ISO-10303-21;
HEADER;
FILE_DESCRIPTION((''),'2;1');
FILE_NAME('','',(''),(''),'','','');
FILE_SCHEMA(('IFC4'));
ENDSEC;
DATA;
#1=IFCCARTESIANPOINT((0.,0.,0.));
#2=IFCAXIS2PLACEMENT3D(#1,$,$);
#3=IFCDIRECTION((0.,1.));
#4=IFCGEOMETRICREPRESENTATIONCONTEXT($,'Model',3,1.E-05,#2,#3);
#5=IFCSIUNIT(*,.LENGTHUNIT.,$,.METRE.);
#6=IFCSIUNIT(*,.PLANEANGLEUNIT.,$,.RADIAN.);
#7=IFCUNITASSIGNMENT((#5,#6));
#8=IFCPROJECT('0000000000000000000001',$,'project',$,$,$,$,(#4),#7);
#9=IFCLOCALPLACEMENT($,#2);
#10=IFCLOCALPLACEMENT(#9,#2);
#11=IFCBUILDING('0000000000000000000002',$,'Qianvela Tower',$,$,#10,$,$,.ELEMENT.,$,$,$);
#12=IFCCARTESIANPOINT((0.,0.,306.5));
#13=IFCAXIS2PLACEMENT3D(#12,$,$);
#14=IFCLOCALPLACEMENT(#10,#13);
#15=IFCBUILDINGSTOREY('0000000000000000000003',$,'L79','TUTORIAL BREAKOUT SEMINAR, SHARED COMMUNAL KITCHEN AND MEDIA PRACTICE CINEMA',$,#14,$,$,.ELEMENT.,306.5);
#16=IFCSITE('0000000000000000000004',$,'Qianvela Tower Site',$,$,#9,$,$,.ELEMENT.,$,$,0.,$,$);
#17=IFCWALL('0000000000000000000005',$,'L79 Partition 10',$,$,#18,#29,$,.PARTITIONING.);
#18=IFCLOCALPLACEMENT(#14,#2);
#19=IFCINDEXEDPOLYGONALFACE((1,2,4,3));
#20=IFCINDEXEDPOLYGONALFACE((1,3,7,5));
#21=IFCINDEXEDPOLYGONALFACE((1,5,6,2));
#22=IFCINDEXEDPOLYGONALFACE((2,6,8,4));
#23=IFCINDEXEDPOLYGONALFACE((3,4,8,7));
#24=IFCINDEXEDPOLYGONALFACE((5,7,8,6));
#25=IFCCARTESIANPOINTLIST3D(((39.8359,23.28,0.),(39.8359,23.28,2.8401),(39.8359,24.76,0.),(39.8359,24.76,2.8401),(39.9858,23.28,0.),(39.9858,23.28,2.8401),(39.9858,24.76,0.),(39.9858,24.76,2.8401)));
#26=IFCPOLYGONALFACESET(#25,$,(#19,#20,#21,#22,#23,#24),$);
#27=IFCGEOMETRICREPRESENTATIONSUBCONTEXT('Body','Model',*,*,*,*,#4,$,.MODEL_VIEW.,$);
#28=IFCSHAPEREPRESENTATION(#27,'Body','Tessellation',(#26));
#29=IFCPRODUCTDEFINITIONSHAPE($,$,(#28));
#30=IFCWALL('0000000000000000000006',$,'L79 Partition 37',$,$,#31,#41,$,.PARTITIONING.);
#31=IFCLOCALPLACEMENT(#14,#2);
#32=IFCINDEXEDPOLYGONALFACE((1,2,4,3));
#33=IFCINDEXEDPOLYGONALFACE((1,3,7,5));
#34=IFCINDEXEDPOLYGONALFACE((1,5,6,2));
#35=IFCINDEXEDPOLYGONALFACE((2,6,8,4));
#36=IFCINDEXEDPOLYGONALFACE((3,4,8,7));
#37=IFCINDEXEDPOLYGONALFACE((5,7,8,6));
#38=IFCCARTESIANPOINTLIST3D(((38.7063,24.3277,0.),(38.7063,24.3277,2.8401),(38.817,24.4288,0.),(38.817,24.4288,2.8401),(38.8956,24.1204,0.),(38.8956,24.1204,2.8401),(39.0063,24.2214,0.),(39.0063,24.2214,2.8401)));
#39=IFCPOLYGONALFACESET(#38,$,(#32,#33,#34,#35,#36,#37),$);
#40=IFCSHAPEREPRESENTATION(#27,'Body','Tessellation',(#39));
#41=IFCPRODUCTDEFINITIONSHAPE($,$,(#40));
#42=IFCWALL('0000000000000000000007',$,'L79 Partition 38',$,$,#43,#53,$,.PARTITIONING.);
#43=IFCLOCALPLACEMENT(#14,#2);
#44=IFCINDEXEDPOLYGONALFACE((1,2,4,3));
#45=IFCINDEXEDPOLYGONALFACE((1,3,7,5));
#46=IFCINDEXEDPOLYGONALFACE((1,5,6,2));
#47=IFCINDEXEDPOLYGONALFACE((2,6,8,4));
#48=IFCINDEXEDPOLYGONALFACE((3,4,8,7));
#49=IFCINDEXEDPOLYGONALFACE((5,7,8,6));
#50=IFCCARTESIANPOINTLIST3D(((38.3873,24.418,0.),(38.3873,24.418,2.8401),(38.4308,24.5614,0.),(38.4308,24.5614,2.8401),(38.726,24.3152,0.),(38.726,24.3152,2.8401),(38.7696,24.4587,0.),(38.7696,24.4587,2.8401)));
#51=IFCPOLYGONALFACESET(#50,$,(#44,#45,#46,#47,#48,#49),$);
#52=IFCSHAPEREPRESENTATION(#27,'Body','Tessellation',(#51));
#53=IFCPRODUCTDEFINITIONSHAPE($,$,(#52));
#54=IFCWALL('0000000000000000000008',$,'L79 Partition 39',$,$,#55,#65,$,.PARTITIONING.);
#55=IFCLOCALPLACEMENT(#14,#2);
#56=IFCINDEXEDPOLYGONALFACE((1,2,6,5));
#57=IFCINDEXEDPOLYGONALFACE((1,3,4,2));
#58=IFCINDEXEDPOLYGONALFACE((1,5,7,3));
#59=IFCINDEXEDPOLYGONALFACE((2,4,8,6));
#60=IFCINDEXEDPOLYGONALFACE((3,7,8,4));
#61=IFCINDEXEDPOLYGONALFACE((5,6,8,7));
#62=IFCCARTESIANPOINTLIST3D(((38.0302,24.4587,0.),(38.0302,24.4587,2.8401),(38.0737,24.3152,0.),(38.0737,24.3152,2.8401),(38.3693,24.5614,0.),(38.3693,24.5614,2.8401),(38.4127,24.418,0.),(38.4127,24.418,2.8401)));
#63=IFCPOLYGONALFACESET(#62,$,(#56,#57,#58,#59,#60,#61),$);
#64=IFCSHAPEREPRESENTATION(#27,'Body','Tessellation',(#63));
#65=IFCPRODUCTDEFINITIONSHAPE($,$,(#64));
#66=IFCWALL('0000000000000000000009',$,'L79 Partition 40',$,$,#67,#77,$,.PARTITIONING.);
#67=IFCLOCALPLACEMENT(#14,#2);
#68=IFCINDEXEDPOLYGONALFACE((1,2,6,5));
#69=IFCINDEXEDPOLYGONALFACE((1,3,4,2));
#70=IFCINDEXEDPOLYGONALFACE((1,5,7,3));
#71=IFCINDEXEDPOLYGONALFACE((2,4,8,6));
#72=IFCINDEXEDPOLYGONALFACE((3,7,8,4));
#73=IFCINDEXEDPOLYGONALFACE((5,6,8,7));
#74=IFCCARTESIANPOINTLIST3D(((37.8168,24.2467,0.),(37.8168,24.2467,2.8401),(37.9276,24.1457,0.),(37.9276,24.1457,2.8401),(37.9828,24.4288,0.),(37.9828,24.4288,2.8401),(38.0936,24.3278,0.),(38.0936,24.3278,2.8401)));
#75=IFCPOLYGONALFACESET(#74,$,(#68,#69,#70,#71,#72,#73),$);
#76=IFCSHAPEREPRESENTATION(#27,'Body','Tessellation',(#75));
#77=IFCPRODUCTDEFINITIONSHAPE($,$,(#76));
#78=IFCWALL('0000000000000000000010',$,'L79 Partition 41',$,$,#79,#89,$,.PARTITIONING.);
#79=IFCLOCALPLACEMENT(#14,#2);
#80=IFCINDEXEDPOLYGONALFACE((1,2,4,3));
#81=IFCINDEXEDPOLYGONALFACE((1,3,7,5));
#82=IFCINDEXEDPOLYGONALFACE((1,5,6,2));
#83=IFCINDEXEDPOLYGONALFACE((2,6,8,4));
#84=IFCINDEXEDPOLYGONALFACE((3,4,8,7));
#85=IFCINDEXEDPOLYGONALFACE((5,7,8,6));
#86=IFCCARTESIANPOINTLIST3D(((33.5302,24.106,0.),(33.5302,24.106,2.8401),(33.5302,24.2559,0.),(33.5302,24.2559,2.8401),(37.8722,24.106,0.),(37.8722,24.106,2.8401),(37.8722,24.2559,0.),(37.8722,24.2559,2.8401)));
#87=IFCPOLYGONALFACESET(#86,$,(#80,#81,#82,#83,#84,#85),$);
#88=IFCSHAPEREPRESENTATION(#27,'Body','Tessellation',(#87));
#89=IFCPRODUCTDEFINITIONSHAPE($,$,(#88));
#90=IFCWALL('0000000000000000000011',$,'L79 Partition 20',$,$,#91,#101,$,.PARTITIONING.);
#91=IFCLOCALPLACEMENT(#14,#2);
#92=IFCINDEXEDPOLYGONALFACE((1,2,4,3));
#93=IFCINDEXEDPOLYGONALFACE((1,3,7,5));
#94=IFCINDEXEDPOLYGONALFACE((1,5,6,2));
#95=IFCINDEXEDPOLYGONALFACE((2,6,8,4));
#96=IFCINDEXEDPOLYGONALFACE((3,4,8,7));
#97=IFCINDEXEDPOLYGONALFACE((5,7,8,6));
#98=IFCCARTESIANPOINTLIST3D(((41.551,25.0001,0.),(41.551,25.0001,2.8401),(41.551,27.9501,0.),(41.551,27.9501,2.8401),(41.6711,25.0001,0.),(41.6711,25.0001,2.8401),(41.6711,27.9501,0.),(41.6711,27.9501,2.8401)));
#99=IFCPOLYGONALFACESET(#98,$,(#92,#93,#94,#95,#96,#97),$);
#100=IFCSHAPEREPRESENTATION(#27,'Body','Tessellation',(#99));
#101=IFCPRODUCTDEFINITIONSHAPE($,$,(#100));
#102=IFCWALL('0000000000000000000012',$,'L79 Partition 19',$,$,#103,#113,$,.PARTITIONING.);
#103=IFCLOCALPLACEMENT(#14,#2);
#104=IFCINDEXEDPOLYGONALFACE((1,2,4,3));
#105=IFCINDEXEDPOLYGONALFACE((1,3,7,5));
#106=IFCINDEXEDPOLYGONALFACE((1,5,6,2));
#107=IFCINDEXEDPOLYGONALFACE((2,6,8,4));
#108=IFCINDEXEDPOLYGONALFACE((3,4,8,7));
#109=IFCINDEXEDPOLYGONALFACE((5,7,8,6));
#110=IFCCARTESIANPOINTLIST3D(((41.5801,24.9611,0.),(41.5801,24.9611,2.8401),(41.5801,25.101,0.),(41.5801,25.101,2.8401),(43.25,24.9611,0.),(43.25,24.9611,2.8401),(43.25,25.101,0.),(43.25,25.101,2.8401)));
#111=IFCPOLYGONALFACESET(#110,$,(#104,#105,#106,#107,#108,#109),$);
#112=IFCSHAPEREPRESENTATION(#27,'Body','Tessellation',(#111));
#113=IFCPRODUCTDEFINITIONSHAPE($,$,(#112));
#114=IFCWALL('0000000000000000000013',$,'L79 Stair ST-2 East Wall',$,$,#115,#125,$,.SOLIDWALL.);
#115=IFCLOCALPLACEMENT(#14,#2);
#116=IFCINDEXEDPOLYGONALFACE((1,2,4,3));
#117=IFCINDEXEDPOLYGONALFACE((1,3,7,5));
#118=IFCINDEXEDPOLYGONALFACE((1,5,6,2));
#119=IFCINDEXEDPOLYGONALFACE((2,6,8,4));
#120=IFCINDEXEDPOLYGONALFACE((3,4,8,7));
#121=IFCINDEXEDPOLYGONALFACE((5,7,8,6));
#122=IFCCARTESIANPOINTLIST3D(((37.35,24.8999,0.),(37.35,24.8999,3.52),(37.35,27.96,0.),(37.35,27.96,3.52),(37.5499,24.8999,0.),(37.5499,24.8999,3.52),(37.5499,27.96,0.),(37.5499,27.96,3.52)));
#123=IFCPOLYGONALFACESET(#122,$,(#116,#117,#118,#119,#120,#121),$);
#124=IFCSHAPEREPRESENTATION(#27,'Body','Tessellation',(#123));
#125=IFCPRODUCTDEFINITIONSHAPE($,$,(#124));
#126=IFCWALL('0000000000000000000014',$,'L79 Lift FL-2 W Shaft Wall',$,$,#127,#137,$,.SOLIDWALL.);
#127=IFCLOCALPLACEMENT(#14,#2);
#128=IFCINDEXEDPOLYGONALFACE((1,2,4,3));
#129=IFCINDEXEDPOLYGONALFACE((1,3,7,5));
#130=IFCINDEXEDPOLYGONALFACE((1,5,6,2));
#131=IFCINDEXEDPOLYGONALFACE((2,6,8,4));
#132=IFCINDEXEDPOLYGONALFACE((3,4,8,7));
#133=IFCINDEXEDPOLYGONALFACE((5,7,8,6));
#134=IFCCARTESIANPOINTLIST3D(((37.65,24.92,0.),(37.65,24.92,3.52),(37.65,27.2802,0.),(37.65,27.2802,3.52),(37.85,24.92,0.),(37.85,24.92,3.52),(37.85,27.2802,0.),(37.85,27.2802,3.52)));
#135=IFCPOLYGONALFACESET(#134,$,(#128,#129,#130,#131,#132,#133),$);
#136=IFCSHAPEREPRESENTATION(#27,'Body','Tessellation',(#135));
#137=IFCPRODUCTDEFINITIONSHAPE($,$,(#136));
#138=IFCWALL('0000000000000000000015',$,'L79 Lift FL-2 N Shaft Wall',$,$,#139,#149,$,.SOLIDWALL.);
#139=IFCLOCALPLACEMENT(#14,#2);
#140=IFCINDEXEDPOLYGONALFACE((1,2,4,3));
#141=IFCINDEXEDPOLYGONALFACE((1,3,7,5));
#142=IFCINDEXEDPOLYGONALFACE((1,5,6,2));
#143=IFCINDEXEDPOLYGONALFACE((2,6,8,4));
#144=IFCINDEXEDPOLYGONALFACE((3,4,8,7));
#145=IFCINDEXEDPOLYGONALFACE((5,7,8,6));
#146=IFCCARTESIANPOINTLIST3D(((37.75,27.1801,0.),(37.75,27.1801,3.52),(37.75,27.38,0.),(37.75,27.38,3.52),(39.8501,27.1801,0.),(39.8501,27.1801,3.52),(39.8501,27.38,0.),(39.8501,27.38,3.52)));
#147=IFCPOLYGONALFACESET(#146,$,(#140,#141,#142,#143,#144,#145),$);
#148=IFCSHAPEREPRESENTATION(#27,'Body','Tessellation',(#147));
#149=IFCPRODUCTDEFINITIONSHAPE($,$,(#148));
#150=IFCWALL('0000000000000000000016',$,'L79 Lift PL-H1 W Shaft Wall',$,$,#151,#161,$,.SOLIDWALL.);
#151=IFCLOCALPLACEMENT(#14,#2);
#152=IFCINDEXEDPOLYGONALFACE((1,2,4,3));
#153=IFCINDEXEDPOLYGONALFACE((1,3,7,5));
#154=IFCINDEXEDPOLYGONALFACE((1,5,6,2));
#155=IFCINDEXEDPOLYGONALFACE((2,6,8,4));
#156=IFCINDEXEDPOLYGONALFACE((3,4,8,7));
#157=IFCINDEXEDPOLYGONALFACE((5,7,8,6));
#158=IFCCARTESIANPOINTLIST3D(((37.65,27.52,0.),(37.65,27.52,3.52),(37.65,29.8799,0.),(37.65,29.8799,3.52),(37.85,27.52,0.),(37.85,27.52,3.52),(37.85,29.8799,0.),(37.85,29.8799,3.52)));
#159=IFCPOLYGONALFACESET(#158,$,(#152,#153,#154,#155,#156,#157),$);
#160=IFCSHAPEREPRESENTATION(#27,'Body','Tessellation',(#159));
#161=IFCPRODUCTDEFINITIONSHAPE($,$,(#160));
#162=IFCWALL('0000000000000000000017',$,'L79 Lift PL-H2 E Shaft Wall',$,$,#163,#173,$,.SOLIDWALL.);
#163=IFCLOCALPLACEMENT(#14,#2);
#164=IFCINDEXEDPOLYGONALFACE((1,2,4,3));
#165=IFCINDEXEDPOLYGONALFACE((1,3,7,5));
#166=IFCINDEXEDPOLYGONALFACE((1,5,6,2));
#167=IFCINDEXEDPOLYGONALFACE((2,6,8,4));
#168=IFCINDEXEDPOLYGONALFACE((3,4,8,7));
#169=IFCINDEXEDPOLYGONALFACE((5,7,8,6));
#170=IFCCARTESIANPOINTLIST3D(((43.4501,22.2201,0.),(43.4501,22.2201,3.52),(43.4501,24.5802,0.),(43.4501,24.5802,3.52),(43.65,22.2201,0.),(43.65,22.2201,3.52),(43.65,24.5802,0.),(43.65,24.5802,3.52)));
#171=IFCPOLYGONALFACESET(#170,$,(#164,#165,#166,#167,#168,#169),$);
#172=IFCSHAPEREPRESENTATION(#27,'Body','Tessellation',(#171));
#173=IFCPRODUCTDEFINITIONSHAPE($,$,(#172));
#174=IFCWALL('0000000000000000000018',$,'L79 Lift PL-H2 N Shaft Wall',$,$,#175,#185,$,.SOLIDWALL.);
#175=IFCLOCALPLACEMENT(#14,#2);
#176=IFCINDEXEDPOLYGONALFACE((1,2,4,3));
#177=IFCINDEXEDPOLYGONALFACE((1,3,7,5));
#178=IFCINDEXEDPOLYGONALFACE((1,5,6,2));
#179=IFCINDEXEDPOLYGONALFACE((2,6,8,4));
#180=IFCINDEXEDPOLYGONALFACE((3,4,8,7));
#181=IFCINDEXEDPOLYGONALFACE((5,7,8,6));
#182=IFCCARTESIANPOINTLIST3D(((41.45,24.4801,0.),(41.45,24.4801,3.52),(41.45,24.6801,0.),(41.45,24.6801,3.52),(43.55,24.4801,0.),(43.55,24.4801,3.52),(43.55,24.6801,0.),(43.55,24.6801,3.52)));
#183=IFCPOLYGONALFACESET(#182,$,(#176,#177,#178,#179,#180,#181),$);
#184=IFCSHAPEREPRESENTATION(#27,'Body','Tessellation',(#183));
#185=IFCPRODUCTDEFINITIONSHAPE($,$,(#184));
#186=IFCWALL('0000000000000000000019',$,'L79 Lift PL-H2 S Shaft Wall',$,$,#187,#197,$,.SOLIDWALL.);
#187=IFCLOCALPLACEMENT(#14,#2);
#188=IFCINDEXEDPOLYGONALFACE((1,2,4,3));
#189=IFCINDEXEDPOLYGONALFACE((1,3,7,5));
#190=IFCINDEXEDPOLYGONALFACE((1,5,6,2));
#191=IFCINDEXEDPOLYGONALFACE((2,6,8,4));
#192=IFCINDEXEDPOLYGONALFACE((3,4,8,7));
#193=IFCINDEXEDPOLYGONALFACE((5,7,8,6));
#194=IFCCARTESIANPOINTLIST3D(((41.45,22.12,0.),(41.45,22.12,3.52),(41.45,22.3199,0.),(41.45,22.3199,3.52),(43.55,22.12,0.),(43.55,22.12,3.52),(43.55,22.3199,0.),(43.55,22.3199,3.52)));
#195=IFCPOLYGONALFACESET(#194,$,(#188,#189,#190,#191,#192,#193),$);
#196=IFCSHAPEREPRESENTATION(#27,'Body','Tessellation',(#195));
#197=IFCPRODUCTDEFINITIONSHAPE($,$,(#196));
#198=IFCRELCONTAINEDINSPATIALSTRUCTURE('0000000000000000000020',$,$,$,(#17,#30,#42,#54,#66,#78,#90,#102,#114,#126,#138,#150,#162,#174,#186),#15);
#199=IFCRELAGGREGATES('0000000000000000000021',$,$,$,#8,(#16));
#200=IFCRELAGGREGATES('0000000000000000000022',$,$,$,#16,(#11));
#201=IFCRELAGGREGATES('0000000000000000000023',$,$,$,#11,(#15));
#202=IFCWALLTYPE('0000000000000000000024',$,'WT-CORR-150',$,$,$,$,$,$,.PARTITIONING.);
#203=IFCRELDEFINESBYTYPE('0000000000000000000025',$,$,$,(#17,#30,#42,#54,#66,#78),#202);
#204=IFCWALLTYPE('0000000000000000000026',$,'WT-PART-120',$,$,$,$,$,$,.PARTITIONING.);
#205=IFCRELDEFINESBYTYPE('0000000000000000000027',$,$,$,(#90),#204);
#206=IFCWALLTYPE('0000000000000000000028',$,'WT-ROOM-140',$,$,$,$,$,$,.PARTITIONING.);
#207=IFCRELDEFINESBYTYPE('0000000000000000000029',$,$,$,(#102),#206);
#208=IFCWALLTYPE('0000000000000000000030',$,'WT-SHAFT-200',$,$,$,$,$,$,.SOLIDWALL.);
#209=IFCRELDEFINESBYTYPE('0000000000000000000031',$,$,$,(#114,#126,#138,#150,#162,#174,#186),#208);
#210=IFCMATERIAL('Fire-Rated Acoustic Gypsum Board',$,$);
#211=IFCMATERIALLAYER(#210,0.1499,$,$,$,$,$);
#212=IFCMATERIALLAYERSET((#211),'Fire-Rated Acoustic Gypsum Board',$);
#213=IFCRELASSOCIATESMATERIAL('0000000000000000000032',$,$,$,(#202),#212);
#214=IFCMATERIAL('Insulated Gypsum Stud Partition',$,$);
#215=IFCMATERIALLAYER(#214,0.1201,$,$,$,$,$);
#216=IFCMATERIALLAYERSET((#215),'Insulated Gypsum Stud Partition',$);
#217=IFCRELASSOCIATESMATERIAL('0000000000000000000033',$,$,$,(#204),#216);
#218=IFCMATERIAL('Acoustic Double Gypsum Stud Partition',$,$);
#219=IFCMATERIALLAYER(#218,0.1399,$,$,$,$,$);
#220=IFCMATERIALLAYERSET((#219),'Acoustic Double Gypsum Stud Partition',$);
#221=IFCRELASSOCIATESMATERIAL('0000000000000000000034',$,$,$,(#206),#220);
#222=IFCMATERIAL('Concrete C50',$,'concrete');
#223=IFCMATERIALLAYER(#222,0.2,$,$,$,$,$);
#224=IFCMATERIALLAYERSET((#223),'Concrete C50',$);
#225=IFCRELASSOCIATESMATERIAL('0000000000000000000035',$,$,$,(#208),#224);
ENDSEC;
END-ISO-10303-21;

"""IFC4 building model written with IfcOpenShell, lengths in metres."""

from ifc_helpers import new_model, si_unit, direction, frame, frame_2d, origin, place, context, subcontext, project, spatial, rectangle, extrude, material, layer, layer_set, type_object, element, save


model = new_model("IFC4")

# Units and contexts
model_context = context("Model", 3, precision=1e-05, world=origin(), true_north=direction((0.0, 1.0)))
body_context = subcontext(model_context, "Body", "Model", "MODEL_VIEW")
ifc_project = project(units=[si_unit("LENGTHUNIT", "METRE"), si_unit("PLANEANGLEUNIT", "RADIAN")], contexts=[model_context])

# Site, building, storey
site_placement = place(None, origin())
site = spatial("IfcSite", under=ifc_project, at=site_placement, Name="Qianvela Tower Site", CompositionType="ELEMENT", RefElevation=0.0)
building_placement = place(site_placement, origin())
building = spatial("IfcBuilding", under=site, at=building_placement, Name="Qianvela Tower", CompositionType="ELEMENT")
storey_placement = place(building_placement, frame((0.0, 0.0, 306.5)))
storey = spatial("IfcBuildingStorey", under=building, at=storey_placement, Name="L79", Description="TUTORIAL BREAKOUT SEMINAR, SHARED COMMUNAL KITCHEN AND MEDIA PRACTICE CINEMA", CompositionType="ELEMENT", Elevation=306.5)

# Walls
ifc_material_1 = material(Name="Fire-Rated Acoustic Gypsum Board")
ifc_layer_1 = layer(ifc_material_1, 0.1499)
ifc_layer_set_1 = layer_set([ifc_layer_1], Name="Fire-Rated Acoustic Gypsum Board")
wall_type_1 = type_object("IfcWallType", Name="WT-CORR-150", PredefinedType="PARTITIONING", material=ifc_layer_set_1)
wall_1_placement = place(storey_placement, frame((39.9109, 23.28, 0.0), z_axis=(0.0, 0.0, 1.0), x_axis=(0.0, 1.0, 0.0)))
element("IfcWall", 1, at=wall_1_placement, inside=storey, type_object=wall_type_1, Name="L79 Partition 10", PredefinedType="PARTITIONING", context=body_context, shape_type="SweptSolid", body=[
    extrude(rectangle(XDim=1.48, YDim=0.1499, at=frame_2d((0.74, 0.0))), origin(), (0.0, 0.0, 1.0), 2.8401),
])
wall_2_placement = place(storey_placement, frame((38.9509, 24.1709, 0.0), z_axis=(0.0, 0.0, 1.0), x_axis=(-0.674187, 0.738561, 0.0)))
element("IfcWall", 2, at=wall_2_placement, inside=storey, type_object=wall_type_1, Name="L79 Partition 37", PredefinedType="PARTITIONING", context=body_context, shape_type="SweptSolid", body=[
    extrude(rectangle(XDim=0.2808, YDim=0.1499, at=frame_2d((0.1404, 0.0))), origin(), (0.0, 0.0, 1.0), 2.8401),
])
wall_3_placement = place(storey_placement, frame((38.7478, 24.387, 0.0), z_axis=(0.0, 0.0, 1.0), x_axis=(-0.956949, 0.290256, 0.0)))
element("IfcWall", 3, at=wall_3_placement, inside=storey, type_object=wall_type_1, Name="L79 Partition 38", PredefinedType="PARTITIONING", context=body_context, shape_type="SweptSolid", body=[
    extrude(rectangle(XDim=0.354, YDim=0.1499, at=frame_2d((0.177, 0.0))), origin(), (0.0, 0.0, 1.0), 2.8401),
])
wall_4_placement = place(storey_placement, frame((38.3911, 24.4897, 0.0), z_axis=(0.0, 0.0, 1.0), x_axis=(-0.957007, -0.290065, 0.0)))
element("IfcWall", 4, at=wall_4_placement, inside=storey, type_object=wall_type_1, Name="L79 Partition 39", PredefinedType="PARTITIONING", context=body_context, shape_type="SweptSolid", body=[
    extrude(rectangle(XDim=0.3542, YDim=0.1499, at=frame_2d((0.1772, 0.0))), origin(), (0.0, 0.0, 1.0), 2.8401),
])
wall_5_placement = place(storey_placement, frame((38.0381, 24.3782, 0.0), z_axis=(0.0, 0.0, 1.0), x_axis=(-0.673658, -0.739043, 0.0)))
element("IfcWall", 5, at=wall_5_placement, inside=storey, type_object=wall_type_1, Name="L79 Partition 40", PredefinedType="PARTITIONING", context=body_context, shape_type="SweptSolid", body=[
    extrude(rectangle(XDim=0.2463, YDim=0.1499, at=frame_2d((0.123, 0.0))), origin(), (0.0, 0.0, 1.0), 2.8401),
])
wall_6_placement = place(storey_placement, frame((37.8721, 24.1809, 0.0), z_axis=(0.0, 0.0, 1.0), x_axis=(-1.0, 0.0, 0.0)))
element("IfcWall", 6, at=wall_6_placement, inside=storey, type_object=wall_type_1, Name="L79 Partition 41", PredefinedType="PARTITIONING", context=body_context, shape_type="SweptSolid", body=[
    extrude(rectangle(XDim=4.342, YDim=0.1499, at=frame_2d((2.1709, 0.0))), origin(), (0.0, 0.0, 1.0), 2.8401),
])
ifc_material_2 = material(Name="Insulated Gypsum Stud Partition")
ifc_layer_2 = layer(ifc_material_2, 0.1201)
ifc_layer_set_2 = layer_set([ifc_layer_2], Name="Insulated Gypsum Stud Partition")
wall_type_2 = type_object("IfcWallType", Name="WT-PART-120", PredefinedType="PARTITIONING", material=ifc_layer_set_2)
wall_7_placement = place(storey_placement, frame((41.6111, 25.0, 0.0), z_axis=(0.0, 0.0, 1.0), x_axis=(0.0, 1.0, 0.0)))
element("IfcWall", 7, at=wall_7_placement, inside=storey, type_object=wall_type_2, Name="L79 Partition 20", PredefinedType="PARTITIONING", context=body_context, shape_type="SweptSolid", body=[
    extrude(rectangle(XDim=2.95, YDim=0.1201, at=frame_2d((1.4751, 0.0))), origin(), (0.0, 0.0, 1.0), 2.8401),
])
ifc_material_3 = material(Name="Acoustic Double Gypsum Stud Partition")
ifc_layer_3 = layer(ifc_material_3, 0.1399)
ifc_layer_set_3 = layer_set([ifc_layer_3], Name="Acoustic Double Gypsum Stud Partition")
wall_type_3 = type_object("IfcWallType", Name="WT-ROOM-140", PredefinedType="PARTITIONING", material=ifc_layer_set_3)
wall_8_placement = place(storey_placement, frame((43.25, 25.031, 0.0), z_axis=(0.0, 0.0, 1.0), x_axis=(-1.0, 0.0, 0.0)))
element("IfcWall", 8, at=wall_8_placement, inside=storey, type_object=wall_type_3, Name="L79 Partition 19", PredefinedType="PARTITIONING", context=body_context, shape_type="SweptSolid", body=[
    extrude(rectangle(XDim=1.6699, YDim=0.1399, at=frame_2d((0.835, 0.0))), origin(), (0.0, 0.0, 1.0), 2.8401),
])
ifc_material_4 = material(Name="Concrete C50", Category="concrete")
ifc_layer_4 = layer(ifc_material_4, 0.2)
ifc_layer_set_4 = layer_set([ifc_layer_4], Name="Concrete C50")
wall_type_4 = type_object("IfcWallType", Name="WT-SHAFT-200", PredefinedType="SOLIDWALL", material=ifc_layer_set_4)
wall_9_placement = place(storey_placement, frame((37.45, 24.8999, 0.0), z_axis=(0.0, 0.0, 1.0), x_axis=(0.0, 1.0, 0.0)))
element("IfcWall", 9, at=wall_9_placement, inside=storey, type_object=wall_type_4, Name="L79 Stair ST-2 East Wall", PredefinedType="SOLIDWALL", context=body_context, shape_type="SweptSolid", body=[
    extrude(rectangle(XDim=3.0601, YDim=0.2, at=frame_2d((1.53, 0.0))), origin(), (0.0, 0.0, 1.0), 3.52),
])

# Walls
wall_10_placement = place(storey_placement, frame((37.75, 24.9199, 0.0), z_axis=(0.0, 0.0, 1.0), x_axis=(0.0, 1.0, 0.0)))
element("IfcWall", 10, at=wall_10_placement, inside=storey, type_object=wall_type_4, Name="L79 Lift FL-2 W Shaft Wall", PredefinedType="SOLIDWALL", context=body_context, shape_type="SweptSolid", body=[
    extrude(rectangle(XDim=2.3601, YDim=0.2, at=frame_2d((1.1802, 0.0))), origin(), (0.0, 0.0, 1.0), 3.52),
])
wall_11_placement = place(storey_placement, frame((37.75, 27.28, 0.0), z_axis=(0.0, 0.0, 1.0), x_axis=(1.0, 0.0, 0.0)))
element("IfcWall", 11, at=wall_11_placement, inside=storey, type_object=wall_type_4, Name="L79 Lift FL-2 N Shaft Wall", PredefinedType="SOLIDWALL", context=body_context, shape_type="SweptSolid", body=[
    extrude(rectangle(XDim=2.1001, YDim=0.2, at=frame_2d((1.05, 0.0))), origin(), (0.0, 0.0, 1.0), 3.52),
])
wall_12_placement = place(storey_placement, frame((37.75, 27.52, 0.0), z_axis=(0.0, 0.0, 1.0), x_axis=(0.0, 1.0, 0.0)))
element("IfcWall", 12, at=wall_12_placement, inside=storey, type_object=wall_type_4, Name="L79 Lift PL-H1 W Shaft Wall", PredefinedType="SOLIDWALL", context=body_context, shape_type="SweptSolid", body=[
    extrude(rectangle(XDim=2.3599, YDim=0.2, at=frame_2d((1.1799, 0.0))), origin(), (0.0, 0.0, 1.0), 3.52),
])
wall_13_placement = place(storey_placement, frame((43.55, 22.22, 0.0), z_axis=(0.0, 0.0, 1.0), x_axis=(0.0, 1.0, 0.0)))
element("IfcWall", 13, at=wall_13_placement, inside=storey, type_object=wall_type_4, Name="L79 Lift PL-H2 E Shaft Wall", PredefinedType="SOLIDWALL", context=body_context, shape_type="SweptSolid", body=[
    extrude(rectangle(XDim=2.3601, YDim=0.2, at=frame_2d((1.1802, 0.0))), origin(), (0.0, 0.0, 1.0), 3.52),
])

# Walls
for number, where, z_axis, x_axis, name in (
    (14, (41.45, 24.5801, 0.0), (0.0, 0.0, 1.0), (1.0, 0.0, 0.0), "L79 Lift PL-H2 N Shaft Wall"),
    (15, (41.45, 22.22, 0.0), (0.0, 0.0, 1.0), (1.0, 0.0, 0.0), "L79 Lift PL-H2 S Shaft Wall"),
):
    element("IfcWall", number, at=place(storey_placement, frame(where, z_axis=z_axis, x_axis=x_axis)), inside=storey, type_object=wall_type_4, Name=name, PredefinedType="SOLIDWALL", context=body_context, shape_type="SweptSolid", body=[
        extrude(rectangle(XDim=2.1001, YDim=0.2, at=frame_2d((1.05, 0.0))), origin(), (0.0, 0.0, 1.0), 3.52),
    ])

save(model, "model.ifc")
